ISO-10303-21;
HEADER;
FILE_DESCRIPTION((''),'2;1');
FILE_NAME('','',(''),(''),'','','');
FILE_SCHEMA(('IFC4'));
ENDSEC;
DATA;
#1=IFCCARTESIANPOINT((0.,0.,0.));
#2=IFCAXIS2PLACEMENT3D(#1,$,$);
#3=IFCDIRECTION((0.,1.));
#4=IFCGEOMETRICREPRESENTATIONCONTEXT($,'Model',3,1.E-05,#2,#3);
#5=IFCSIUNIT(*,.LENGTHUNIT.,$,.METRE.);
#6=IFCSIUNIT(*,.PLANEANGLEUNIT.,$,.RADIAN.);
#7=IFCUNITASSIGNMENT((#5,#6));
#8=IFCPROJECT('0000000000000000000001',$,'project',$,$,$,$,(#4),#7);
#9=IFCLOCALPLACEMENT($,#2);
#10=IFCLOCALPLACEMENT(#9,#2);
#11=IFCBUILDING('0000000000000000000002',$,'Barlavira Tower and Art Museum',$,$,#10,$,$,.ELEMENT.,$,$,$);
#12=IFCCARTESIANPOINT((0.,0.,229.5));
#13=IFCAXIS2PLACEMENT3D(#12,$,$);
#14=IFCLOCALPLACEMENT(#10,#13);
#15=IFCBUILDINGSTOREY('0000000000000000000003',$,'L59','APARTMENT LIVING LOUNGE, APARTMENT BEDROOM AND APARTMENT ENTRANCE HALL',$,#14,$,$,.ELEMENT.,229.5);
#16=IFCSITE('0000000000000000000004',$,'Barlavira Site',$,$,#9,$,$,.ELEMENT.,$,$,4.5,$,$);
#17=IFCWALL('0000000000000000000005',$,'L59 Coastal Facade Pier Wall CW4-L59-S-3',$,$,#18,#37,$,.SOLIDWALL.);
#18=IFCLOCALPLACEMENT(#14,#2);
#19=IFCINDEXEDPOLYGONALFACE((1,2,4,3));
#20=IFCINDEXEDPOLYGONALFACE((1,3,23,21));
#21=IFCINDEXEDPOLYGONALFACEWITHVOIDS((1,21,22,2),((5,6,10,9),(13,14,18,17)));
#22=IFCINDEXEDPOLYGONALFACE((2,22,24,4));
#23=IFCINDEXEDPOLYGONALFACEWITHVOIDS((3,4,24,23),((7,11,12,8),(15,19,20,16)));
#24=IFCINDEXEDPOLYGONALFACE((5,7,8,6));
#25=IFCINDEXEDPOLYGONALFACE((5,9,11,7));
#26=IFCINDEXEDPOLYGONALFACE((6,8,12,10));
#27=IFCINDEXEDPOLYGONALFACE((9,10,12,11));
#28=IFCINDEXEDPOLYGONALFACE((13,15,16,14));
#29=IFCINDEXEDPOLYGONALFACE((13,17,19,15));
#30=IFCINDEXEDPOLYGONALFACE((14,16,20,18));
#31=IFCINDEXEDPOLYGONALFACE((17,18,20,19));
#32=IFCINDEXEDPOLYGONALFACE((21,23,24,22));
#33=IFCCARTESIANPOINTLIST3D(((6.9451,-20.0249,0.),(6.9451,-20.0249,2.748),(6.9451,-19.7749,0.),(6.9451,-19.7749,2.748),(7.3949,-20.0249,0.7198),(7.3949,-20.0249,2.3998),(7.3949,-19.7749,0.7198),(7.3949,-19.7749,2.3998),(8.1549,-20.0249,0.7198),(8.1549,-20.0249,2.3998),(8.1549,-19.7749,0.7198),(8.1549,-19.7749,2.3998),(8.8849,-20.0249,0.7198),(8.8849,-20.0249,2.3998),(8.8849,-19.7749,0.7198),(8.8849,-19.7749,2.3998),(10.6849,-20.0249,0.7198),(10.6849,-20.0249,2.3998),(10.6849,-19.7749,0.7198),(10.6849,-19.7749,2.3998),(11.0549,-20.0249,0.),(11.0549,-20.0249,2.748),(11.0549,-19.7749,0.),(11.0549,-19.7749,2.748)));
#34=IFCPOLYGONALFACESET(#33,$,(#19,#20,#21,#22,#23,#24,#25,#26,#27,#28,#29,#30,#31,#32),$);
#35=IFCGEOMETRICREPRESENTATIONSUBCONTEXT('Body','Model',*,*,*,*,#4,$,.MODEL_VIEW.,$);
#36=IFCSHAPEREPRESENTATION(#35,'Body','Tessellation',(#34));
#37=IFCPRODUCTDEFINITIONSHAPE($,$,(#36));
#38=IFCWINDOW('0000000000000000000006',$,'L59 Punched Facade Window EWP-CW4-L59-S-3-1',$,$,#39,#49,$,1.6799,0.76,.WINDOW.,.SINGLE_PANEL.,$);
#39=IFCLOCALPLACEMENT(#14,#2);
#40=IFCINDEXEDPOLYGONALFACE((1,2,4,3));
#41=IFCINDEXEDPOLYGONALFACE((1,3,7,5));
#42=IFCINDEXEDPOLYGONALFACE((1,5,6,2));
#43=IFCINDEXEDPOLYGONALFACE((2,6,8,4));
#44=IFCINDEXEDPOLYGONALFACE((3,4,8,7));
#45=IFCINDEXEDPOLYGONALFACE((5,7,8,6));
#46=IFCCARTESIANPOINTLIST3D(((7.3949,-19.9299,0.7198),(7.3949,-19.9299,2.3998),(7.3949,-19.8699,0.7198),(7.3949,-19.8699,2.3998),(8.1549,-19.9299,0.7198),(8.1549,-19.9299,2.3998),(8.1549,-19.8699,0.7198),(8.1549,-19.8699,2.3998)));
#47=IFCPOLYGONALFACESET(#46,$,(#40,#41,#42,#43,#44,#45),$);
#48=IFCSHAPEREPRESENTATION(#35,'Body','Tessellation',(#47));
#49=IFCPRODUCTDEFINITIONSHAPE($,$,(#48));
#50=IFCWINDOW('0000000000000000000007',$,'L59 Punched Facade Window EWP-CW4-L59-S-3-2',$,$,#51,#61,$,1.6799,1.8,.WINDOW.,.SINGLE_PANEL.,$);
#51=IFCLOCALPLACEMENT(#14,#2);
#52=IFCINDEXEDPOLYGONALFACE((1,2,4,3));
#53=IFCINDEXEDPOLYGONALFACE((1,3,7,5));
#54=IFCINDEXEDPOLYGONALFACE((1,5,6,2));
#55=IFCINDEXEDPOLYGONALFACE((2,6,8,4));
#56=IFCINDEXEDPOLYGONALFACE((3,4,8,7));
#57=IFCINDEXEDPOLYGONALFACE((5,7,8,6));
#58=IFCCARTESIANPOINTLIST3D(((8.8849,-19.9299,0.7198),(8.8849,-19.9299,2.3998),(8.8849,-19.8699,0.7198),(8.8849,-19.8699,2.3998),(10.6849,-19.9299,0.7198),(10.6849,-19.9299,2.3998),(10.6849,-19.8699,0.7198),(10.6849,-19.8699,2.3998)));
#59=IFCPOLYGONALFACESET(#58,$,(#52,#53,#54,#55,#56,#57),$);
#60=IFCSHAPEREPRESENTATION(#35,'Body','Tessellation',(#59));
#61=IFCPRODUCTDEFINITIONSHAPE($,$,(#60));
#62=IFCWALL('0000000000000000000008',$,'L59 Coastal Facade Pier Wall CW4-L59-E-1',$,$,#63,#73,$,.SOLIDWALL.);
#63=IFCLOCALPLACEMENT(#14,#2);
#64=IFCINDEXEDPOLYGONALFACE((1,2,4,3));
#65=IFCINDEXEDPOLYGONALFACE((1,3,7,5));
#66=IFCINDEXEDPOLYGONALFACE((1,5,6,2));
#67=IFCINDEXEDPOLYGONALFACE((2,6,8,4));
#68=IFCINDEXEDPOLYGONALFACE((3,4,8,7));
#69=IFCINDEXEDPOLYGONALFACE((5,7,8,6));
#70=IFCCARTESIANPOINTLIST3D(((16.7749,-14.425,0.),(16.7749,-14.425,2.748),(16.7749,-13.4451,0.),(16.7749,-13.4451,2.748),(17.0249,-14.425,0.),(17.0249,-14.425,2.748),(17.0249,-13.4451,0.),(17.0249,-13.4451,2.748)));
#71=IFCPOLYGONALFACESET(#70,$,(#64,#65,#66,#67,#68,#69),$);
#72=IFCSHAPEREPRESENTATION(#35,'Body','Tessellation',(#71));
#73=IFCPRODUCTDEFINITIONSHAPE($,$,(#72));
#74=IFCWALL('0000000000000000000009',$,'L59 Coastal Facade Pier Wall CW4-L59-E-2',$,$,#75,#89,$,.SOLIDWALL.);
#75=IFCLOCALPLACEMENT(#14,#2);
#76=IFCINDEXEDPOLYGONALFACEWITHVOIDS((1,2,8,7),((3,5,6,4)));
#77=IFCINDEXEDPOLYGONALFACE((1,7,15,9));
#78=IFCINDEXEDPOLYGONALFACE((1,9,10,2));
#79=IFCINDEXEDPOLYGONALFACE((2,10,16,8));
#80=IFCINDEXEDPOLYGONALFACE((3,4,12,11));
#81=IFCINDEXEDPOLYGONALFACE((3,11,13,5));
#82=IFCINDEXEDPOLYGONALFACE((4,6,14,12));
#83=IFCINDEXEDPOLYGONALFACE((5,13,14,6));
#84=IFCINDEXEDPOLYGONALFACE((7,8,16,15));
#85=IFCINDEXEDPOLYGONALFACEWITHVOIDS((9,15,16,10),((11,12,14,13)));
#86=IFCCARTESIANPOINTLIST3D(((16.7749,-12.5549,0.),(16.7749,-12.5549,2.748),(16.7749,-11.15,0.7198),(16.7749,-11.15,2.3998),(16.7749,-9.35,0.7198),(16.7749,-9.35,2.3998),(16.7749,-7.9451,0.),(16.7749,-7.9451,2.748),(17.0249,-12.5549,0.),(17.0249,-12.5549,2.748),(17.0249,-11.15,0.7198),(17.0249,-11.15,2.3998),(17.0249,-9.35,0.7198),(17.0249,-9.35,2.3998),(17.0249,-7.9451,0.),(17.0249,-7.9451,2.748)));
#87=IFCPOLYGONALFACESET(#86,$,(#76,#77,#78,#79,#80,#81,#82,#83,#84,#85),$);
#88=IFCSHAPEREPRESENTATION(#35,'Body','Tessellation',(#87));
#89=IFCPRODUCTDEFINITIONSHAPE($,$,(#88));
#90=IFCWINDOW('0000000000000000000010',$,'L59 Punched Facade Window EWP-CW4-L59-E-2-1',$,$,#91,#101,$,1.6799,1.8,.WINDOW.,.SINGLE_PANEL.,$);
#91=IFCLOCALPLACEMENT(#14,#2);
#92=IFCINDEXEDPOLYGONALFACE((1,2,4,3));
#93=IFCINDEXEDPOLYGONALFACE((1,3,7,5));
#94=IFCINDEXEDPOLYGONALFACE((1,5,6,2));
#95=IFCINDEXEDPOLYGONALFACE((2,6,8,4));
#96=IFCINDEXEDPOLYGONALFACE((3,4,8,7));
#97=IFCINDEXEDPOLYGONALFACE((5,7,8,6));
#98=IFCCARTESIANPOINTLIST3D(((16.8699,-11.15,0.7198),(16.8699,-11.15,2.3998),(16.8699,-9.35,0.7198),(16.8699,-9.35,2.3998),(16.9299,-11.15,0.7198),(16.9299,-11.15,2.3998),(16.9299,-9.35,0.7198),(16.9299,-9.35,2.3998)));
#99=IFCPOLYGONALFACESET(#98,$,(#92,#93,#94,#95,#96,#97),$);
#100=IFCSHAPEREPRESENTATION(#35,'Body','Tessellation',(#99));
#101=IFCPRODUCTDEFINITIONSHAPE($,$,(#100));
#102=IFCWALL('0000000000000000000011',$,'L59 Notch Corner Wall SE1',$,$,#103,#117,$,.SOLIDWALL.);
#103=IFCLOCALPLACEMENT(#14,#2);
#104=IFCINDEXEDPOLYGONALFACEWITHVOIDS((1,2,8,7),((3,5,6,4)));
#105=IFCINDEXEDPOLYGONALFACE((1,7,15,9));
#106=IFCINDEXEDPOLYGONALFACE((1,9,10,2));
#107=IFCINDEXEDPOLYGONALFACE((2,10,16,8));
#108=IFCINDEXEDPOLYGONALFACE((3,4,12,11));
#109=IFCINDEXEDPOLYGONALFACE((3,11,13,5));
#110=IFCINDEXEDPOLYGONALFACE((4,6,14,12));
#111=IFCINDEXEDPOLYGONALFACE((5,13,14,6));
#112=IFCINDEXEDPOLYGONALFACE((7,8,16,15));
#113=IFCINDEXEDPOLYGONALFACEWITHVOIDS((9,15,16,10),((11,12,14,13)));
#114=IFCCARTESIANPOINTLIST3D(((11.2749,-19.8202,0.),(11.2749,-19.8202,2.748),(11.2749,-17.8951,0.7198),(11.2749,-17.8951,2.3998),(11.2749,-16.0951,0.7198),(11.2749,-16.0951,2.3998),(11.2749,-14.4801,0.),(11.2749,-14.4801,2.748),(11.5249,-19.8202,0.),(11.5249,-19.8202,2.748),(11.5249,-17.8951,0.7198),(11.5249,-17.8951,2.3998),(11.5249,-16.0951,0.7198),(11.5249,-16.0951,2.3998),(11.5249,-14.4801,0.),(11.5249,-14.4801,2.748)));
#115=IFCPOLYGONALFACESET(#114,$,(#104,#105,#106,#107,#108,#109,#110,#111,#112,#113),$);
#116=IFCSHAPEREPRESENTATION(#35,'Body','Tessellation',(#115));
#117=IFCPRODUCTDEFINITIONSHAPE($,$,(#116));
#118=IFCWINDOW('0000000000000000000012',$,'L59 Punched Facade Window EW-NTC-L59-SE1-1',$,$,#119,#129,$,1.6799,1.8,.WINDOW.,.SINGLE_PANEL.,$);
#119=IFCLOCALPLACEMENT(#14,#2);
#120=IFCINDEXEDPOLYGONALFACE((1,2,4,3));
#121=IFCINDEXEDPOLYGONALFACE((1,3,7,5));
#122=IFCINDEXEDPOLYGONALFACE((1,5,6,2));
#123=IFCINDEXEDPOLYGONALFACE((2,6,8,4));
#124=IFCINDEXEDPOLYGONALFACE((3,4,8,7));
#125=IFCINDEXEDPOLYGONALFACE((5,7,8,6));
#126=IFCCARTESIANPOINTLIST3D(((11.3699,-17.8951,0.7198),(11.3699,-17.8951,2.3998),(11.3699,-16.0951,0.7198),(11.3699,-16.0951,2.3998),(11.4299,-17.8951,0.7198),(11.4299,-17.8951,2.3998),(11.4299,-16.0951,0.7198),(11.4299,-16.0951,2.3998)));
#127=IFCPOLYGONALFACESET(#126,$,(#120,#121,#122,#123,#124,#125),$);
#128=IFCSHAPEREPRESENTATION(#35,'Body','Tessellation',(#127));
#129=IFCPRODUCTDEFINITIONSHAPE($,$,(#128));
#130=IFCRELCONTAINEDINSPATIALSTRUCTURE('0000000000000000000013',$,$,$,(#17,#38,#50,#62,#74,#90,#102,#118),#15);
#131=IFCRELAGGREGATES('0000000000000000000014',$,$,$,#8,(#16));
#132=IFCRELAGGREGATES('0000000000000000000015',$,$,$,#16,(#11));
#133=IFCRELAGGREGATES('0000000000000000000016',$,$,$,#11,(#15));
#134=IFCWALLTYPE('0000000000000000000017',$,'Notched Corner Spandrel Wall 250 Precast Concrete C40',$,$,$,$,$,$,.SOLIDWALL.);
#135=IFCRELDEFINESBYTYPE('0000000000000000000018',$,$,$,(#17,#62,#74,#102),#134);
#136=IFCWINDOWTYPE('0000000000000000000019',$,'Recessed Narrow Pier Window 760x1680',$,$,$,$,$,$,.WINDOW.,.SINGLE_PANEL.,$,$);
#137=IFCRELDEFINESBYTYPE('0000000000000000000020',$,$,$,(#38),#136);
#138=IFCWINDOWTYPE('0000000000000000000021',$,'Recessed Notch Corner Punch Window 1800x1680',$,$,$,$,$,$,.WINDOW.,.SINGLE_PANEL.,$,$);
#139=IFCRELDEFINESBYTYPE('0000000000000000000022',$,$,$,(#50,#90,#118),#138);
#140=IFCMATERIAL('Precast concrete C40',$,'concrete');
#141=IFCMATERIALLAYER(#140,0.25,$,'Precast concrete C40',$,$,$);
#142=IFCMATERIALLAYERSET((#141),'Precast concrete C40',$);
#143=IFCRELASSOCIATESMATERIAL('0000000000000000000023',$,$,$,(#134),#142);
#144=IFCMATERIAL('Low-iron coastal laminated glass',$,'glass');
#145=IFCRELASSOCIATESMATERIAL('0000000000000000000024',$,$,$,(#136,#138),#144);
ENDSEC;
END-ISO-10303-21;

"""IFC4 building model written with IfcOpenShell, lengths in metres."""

from ifc_helpers import new_model, si_unit, direction, frame, frame_2d, origin, place, context, subcontext, project, spatial, rectangle, extrude, material, layer, layer_set, type_object, element, fill, save


model = new_model("IFC4")

# Units and contexts
model_context = context("Model", 3, precision=1e-05, world=origin(), true_north=direction((0.0, 1.0)))
body_context = subcontext(model_context, "Body", "Model", "MODEL_VIEW")
ifc_project = project(units=[si_unit("LENGTHUNIT", "METRE"), si_unit("PLANEANGLEUNIT", "RADIAN")], contexts=[model_context])

# Site, building, storey
site_placement = place(None, origin())
site = spatial("IfcSite", under=ifc_project, at=site_placement, Name="Barlavira Site", CompositionType="ELEMENT", RefElevation=4.5)
building_placement = place(site_placement, origin())
building = spatial("IfcBuilding", under=site, at=building_placement, Name="Barlavira Tower and Art Museum", CompositionType="ELEMENT")
storey_placement = place(building_placement, frame((0.0, 0.0, 229.5)))
storey = spatial("IfcBuildingStorey", under=building, at=storey_placement, Name="L59", Description="APARTMENT LIVING LOUNGE, APARTMENT BEDROOM AND APARTMENT ENTRANCE HALL", CompositionType="ELEMENT", Elevation=229.5)

# Wall, openings, windows
ifc_material_1 = material(Name="Precast concrete C40", Category="concrete")
ifc_layer_1 = layer(ifc_material_1, 0.25, Name="Precast concrete C40")
ifc_layer_set_1 = layer_set([ifc_layer_1], Name="Precast concrete C40")
wall_type_1 = type_object("IfcWallType", Name="Notched Corner Spandrel Wall 250 Precast Concrete C40", PredefinedType="SOLIDWALL", material=ifc_layer_set_1)
wall_1_placement = place(storey_placement, frame((6.9451, -19.8999, 0.0), z_axis=(0.0, 0.0, 1.0), x_axis=(1.0, 0.0, 0.0)))
wall_1 = element("IfcWall", 1, at=wall_1_placement, inside=storey, type_object=wall_type_1, Name="L59 Coastal Facade Pier Wall CW4-L59-S-3", PredefinedType="SOLIDWALL", context=body_context, shape_type="SweptSolid", body=[
    extrude(rectangle(XDim=4.1099, YDim=0.25, at=frame_2d((2.0549, 0.0))), origin(), (0.0, 0.0, 1.0), 2.748),
])
opening_1_placement = place(wall_1_placement, frame((0.45, 0.0, 0.72)))
opening_1 = element("IfcOpeningElement", 2, at=opening_1_placement, cuts=wall_1, PredefinedType="OPENING", context=body_context, shape_type="SweptSolid", body=[
    extrude(rectangle(XDim=0.76, YDim=1.6799, at=frame_2d((0.3799, 0.8398))), frame((0.0, 0.135, 0.0), z_axis=(0.0, -1.0, 0.0), x_axis=(1.0, 0.0, 0.0)), (0.0, 0.0, 1.0), 0.27),
])
opening_2_placement = place(wall_1_placement, frame((1.9399, 0.0, 0.72)))
opening_2 = element("IfcOpeningElement", 3, at=opening_2_placement, cuts=wall_1, PredefinedType="OPENING", context=body_context, shape_type="SweptSolid", body=[
    extrude(rectangle(XDim=1.8, YDim=1.6799, at=frame_2d((0.8999, 0.8398))), frame((0.0, 0.135, 0.0), z_axis=(0.0, -1.0, 0.0), x_axis=(1.0, 0.0, 0.0)), (0.0, 0.0, 1.0), 0.27),
])
ifc_material_2 = material(Name="Low-iron coastal laminated glass", Category="glass")
window_type_1 = type_object("IfcWindowType", Name="Recessed Narrow Pier Window 760x1680", PartitioningType="SINGLE_PANEL", PredefinedType="WINDOW", material=ifc_material_2)
window_1_placement = place(opening_1_placement, origin())
window_1 = element("IfcWindow", 4, at=window_1_placement, inside=storey, type_object=window_type_1, Name="L59 Punched Facade Window EWP-CW4-L59-S-3-1", OverallHeight=1.6799, OverallWidth=0.76, PartitioningType="SINGLE_PANEL", PredefinedType="WINDOW", context=body_context, shape_type="SweptSolid", body=[
    extrude(rectangle(XDim=0.76, YDim=1.6799, at=frame_2d((0.3799, 0.8398))), frame((0.0, 0.03, 0.0), z_axis=(0.0, -1.0, 0.0), x_axis=(1.0, 0.0, 0.0)), (0.0, 0.0, 1.0), 0.0601),
])
fill(opening_1, window_1)
window_type_2 = type_object("IfcWindowType", Name="Recessed Notch Corner Punch Window 1800x1680", PartitioningType="SINGLE_PANEL", PredefinedType="WINDOW", material=ifc_material_2)
window_2_placement = place(opening_2_placement, origin())
window_2 = element("IfcWindow", 5, at=window_2_placement, inside=storey, type_object=window_type_2, Name="L59 Punched Facade Window EWP-CW4-L59-S-3-2", OverallHeight=1.6799, OverallWidth=1.8, PartitioningType="SINGLE_PANEL", PredefinedType="WINDOW", context=body_context, shape_type="SweptSolid", body=[
    extrude(rectangle(XDim=1.8, YDim=1.6799, at=frame_2d((0.8999, 0.8398))), frame((0.0, 0.03, 0.0), z_axis=(0.0, -1.0, 0.0), x_axis=(1.0, 0.0, 0.0)), (0.0, 0.0, 1.0), 0.0601),
])
fill(opening_2, window_2)

# Wall
wall_2_placement = place(storey_placement, frame((16.8999, -14.425, 0.0), z_axis=(0.0, 0.0, 1.0), x_axis=(0.0, 1.0, 0.0)))
element("IfcWall", 6, at=wall_2_placement, inside=storey, type_object=wall_type_1, Name="L59 Coastal Facade Pier Wall CW4-L59-E-1", PredefinedType="SOLIDWALL", context=body_context, shape_type="SweptSolid", body=[
    extrude(rectangle(XDim=0.98, YDim=0.25, at=frame_2d((0.49, 0.0))), origin(), (0.0, 0.0, 1.0), 2.748),
])

# Walls, openings, windows
wall_3_placement = place(storey_placement, frame((16.8999, -12.5549, 0.0), z_axis=(0.0, 0.0, 1.0), x_axis=(0.0, 1.0, 0.0)))
wall_3 = element("IfcWall", 7, at=wall_3_placement, inside=storey, type_object=wall_type_1, Name="L59 Coastal Facade Pier Wall CW4-L59-E-2", PredefinedType="SOLIDWALL", context=body_context, shape_type="SweptSolid", body=[
    extrude(rectangle(XDim=4.6099, YDim=0.25, at=frame_2d((2.3049, 0.0))), origin(), (0.0, 0.0, 1.0), 2.748),
])
opening_3_placement = place(wall_3_placement, frame((1.405, 0.0, 0.72)))
opening_3 = element("IfcOpeningElement", 8, at=opening_3_placement, cuts=wall_3, PredefinedType="OPENING", context=body_context, shape_type="SweptSolid", body=[
    extrude(rectangle(XDim=1.8, YDim=1.6799, at=frame_2d((0.8999, 0.8398))), frame((0.0, 0.135, 0.0), z_axis=(0.0, -1.0, 0.0), x_axis=(1.0, 0.0, 0.0)), (0.0, 0.0, 1.0), 0.27),
])
window_3_placement = place(opening_3_placement, origin())
window_3 = element("IfcWindow", 9, at=window_3_placement, inside=storey, type_object=window_type_2, Name="L59 Punched Facade Window EWP-CW4-L59-E-2-1", OverallHeight=1.6799, OverallWidth=1.8, PartitioningType="SINGLE_PANEL", PredefinedType="WINDOW", context=body_context, shape_type="SweptSolid", body=[
    extrude(rectangle(XDim=1.8, YDim=1.6799, at=frame_2d((0.8999, 0.8398))), frame((0.0, 0.03, 0.0), z_axis=(0.0, -1.0, 0.0), x_axis=(1.0, 0.0, 0.0)), (0.0, 0.0, 1.0), 0.0601),
])
fill(opening_3, window_3)
wall_4_placement = place(storey_placement, frame((11.3999, -19.8201, 0.0), z_axis=(0.0, 0.0, 1.0), x_axis=(0.0, 1.0, 0.0)))
wall_4 = element("IfcWall", 10, at=wall_4_placement, inside=storey, type_object=wall_type_1, Name="L59 Notch Corner Wall SE1", PredefinedType="SOLIDWALL", context=body_context, shape_type="SweptSolid", body=[
    extrude(rectangle(XDim=5.3401, YDim=0.25, at=frame_2d((2.6699, 0.0))), origin(), (0.0, 0.0, 1.0), 2.748),
])
opening_4_placement = place(wall_4_placement, frame((1.925, 0.0, 0.72)))
opening_4 = element("IfcOpeningElement", 11, at=opening_4_placement, cuts=wall_4, PredefinedType="OPENING", context=body_context, shape_type="SweptSolid", body=[
    extrude(rectangle(XDim=1.8, YDim=1.6799, at=frame_2d((0.8999, 0.8398))), frame((0.0, 0.135, 0.0), z_axis=(0.0, -1.0, 0.0), x_axis=(1.0, 0.0, 0.0)), (0.0, 0.0, 1.0), 0.27),
])
window_4_placement = place(opening_4_placement, origin())
window_4 = element("IfcWindow", 12, at=window_4_placement, inside=storey, type_object=window_type_2, Name="L59 Punched Facade Window EW-NTC-L59-SE1-1", OverallHeight=1.6799, OverallWidth=1.8, PartitioningType="SINGLE_PANEL", PredefinedType="WINDOW", context=body_context, shape_type="SweptSolid", body=[
    extrude(rectangle(XDim=1.8, YDim=1.6799, at=frame_2d((0.8999, 0.8398))), frame((0.0, 0.03, 0.0), z_axis=(0.0, -1.0, 0.0), x_axis=(1.0, 0.0, 0.0)), (0.0, 0.0, 1.0), 0.0601),
])
fill(opening_4, window_4)

save(model, "model.ifc")
